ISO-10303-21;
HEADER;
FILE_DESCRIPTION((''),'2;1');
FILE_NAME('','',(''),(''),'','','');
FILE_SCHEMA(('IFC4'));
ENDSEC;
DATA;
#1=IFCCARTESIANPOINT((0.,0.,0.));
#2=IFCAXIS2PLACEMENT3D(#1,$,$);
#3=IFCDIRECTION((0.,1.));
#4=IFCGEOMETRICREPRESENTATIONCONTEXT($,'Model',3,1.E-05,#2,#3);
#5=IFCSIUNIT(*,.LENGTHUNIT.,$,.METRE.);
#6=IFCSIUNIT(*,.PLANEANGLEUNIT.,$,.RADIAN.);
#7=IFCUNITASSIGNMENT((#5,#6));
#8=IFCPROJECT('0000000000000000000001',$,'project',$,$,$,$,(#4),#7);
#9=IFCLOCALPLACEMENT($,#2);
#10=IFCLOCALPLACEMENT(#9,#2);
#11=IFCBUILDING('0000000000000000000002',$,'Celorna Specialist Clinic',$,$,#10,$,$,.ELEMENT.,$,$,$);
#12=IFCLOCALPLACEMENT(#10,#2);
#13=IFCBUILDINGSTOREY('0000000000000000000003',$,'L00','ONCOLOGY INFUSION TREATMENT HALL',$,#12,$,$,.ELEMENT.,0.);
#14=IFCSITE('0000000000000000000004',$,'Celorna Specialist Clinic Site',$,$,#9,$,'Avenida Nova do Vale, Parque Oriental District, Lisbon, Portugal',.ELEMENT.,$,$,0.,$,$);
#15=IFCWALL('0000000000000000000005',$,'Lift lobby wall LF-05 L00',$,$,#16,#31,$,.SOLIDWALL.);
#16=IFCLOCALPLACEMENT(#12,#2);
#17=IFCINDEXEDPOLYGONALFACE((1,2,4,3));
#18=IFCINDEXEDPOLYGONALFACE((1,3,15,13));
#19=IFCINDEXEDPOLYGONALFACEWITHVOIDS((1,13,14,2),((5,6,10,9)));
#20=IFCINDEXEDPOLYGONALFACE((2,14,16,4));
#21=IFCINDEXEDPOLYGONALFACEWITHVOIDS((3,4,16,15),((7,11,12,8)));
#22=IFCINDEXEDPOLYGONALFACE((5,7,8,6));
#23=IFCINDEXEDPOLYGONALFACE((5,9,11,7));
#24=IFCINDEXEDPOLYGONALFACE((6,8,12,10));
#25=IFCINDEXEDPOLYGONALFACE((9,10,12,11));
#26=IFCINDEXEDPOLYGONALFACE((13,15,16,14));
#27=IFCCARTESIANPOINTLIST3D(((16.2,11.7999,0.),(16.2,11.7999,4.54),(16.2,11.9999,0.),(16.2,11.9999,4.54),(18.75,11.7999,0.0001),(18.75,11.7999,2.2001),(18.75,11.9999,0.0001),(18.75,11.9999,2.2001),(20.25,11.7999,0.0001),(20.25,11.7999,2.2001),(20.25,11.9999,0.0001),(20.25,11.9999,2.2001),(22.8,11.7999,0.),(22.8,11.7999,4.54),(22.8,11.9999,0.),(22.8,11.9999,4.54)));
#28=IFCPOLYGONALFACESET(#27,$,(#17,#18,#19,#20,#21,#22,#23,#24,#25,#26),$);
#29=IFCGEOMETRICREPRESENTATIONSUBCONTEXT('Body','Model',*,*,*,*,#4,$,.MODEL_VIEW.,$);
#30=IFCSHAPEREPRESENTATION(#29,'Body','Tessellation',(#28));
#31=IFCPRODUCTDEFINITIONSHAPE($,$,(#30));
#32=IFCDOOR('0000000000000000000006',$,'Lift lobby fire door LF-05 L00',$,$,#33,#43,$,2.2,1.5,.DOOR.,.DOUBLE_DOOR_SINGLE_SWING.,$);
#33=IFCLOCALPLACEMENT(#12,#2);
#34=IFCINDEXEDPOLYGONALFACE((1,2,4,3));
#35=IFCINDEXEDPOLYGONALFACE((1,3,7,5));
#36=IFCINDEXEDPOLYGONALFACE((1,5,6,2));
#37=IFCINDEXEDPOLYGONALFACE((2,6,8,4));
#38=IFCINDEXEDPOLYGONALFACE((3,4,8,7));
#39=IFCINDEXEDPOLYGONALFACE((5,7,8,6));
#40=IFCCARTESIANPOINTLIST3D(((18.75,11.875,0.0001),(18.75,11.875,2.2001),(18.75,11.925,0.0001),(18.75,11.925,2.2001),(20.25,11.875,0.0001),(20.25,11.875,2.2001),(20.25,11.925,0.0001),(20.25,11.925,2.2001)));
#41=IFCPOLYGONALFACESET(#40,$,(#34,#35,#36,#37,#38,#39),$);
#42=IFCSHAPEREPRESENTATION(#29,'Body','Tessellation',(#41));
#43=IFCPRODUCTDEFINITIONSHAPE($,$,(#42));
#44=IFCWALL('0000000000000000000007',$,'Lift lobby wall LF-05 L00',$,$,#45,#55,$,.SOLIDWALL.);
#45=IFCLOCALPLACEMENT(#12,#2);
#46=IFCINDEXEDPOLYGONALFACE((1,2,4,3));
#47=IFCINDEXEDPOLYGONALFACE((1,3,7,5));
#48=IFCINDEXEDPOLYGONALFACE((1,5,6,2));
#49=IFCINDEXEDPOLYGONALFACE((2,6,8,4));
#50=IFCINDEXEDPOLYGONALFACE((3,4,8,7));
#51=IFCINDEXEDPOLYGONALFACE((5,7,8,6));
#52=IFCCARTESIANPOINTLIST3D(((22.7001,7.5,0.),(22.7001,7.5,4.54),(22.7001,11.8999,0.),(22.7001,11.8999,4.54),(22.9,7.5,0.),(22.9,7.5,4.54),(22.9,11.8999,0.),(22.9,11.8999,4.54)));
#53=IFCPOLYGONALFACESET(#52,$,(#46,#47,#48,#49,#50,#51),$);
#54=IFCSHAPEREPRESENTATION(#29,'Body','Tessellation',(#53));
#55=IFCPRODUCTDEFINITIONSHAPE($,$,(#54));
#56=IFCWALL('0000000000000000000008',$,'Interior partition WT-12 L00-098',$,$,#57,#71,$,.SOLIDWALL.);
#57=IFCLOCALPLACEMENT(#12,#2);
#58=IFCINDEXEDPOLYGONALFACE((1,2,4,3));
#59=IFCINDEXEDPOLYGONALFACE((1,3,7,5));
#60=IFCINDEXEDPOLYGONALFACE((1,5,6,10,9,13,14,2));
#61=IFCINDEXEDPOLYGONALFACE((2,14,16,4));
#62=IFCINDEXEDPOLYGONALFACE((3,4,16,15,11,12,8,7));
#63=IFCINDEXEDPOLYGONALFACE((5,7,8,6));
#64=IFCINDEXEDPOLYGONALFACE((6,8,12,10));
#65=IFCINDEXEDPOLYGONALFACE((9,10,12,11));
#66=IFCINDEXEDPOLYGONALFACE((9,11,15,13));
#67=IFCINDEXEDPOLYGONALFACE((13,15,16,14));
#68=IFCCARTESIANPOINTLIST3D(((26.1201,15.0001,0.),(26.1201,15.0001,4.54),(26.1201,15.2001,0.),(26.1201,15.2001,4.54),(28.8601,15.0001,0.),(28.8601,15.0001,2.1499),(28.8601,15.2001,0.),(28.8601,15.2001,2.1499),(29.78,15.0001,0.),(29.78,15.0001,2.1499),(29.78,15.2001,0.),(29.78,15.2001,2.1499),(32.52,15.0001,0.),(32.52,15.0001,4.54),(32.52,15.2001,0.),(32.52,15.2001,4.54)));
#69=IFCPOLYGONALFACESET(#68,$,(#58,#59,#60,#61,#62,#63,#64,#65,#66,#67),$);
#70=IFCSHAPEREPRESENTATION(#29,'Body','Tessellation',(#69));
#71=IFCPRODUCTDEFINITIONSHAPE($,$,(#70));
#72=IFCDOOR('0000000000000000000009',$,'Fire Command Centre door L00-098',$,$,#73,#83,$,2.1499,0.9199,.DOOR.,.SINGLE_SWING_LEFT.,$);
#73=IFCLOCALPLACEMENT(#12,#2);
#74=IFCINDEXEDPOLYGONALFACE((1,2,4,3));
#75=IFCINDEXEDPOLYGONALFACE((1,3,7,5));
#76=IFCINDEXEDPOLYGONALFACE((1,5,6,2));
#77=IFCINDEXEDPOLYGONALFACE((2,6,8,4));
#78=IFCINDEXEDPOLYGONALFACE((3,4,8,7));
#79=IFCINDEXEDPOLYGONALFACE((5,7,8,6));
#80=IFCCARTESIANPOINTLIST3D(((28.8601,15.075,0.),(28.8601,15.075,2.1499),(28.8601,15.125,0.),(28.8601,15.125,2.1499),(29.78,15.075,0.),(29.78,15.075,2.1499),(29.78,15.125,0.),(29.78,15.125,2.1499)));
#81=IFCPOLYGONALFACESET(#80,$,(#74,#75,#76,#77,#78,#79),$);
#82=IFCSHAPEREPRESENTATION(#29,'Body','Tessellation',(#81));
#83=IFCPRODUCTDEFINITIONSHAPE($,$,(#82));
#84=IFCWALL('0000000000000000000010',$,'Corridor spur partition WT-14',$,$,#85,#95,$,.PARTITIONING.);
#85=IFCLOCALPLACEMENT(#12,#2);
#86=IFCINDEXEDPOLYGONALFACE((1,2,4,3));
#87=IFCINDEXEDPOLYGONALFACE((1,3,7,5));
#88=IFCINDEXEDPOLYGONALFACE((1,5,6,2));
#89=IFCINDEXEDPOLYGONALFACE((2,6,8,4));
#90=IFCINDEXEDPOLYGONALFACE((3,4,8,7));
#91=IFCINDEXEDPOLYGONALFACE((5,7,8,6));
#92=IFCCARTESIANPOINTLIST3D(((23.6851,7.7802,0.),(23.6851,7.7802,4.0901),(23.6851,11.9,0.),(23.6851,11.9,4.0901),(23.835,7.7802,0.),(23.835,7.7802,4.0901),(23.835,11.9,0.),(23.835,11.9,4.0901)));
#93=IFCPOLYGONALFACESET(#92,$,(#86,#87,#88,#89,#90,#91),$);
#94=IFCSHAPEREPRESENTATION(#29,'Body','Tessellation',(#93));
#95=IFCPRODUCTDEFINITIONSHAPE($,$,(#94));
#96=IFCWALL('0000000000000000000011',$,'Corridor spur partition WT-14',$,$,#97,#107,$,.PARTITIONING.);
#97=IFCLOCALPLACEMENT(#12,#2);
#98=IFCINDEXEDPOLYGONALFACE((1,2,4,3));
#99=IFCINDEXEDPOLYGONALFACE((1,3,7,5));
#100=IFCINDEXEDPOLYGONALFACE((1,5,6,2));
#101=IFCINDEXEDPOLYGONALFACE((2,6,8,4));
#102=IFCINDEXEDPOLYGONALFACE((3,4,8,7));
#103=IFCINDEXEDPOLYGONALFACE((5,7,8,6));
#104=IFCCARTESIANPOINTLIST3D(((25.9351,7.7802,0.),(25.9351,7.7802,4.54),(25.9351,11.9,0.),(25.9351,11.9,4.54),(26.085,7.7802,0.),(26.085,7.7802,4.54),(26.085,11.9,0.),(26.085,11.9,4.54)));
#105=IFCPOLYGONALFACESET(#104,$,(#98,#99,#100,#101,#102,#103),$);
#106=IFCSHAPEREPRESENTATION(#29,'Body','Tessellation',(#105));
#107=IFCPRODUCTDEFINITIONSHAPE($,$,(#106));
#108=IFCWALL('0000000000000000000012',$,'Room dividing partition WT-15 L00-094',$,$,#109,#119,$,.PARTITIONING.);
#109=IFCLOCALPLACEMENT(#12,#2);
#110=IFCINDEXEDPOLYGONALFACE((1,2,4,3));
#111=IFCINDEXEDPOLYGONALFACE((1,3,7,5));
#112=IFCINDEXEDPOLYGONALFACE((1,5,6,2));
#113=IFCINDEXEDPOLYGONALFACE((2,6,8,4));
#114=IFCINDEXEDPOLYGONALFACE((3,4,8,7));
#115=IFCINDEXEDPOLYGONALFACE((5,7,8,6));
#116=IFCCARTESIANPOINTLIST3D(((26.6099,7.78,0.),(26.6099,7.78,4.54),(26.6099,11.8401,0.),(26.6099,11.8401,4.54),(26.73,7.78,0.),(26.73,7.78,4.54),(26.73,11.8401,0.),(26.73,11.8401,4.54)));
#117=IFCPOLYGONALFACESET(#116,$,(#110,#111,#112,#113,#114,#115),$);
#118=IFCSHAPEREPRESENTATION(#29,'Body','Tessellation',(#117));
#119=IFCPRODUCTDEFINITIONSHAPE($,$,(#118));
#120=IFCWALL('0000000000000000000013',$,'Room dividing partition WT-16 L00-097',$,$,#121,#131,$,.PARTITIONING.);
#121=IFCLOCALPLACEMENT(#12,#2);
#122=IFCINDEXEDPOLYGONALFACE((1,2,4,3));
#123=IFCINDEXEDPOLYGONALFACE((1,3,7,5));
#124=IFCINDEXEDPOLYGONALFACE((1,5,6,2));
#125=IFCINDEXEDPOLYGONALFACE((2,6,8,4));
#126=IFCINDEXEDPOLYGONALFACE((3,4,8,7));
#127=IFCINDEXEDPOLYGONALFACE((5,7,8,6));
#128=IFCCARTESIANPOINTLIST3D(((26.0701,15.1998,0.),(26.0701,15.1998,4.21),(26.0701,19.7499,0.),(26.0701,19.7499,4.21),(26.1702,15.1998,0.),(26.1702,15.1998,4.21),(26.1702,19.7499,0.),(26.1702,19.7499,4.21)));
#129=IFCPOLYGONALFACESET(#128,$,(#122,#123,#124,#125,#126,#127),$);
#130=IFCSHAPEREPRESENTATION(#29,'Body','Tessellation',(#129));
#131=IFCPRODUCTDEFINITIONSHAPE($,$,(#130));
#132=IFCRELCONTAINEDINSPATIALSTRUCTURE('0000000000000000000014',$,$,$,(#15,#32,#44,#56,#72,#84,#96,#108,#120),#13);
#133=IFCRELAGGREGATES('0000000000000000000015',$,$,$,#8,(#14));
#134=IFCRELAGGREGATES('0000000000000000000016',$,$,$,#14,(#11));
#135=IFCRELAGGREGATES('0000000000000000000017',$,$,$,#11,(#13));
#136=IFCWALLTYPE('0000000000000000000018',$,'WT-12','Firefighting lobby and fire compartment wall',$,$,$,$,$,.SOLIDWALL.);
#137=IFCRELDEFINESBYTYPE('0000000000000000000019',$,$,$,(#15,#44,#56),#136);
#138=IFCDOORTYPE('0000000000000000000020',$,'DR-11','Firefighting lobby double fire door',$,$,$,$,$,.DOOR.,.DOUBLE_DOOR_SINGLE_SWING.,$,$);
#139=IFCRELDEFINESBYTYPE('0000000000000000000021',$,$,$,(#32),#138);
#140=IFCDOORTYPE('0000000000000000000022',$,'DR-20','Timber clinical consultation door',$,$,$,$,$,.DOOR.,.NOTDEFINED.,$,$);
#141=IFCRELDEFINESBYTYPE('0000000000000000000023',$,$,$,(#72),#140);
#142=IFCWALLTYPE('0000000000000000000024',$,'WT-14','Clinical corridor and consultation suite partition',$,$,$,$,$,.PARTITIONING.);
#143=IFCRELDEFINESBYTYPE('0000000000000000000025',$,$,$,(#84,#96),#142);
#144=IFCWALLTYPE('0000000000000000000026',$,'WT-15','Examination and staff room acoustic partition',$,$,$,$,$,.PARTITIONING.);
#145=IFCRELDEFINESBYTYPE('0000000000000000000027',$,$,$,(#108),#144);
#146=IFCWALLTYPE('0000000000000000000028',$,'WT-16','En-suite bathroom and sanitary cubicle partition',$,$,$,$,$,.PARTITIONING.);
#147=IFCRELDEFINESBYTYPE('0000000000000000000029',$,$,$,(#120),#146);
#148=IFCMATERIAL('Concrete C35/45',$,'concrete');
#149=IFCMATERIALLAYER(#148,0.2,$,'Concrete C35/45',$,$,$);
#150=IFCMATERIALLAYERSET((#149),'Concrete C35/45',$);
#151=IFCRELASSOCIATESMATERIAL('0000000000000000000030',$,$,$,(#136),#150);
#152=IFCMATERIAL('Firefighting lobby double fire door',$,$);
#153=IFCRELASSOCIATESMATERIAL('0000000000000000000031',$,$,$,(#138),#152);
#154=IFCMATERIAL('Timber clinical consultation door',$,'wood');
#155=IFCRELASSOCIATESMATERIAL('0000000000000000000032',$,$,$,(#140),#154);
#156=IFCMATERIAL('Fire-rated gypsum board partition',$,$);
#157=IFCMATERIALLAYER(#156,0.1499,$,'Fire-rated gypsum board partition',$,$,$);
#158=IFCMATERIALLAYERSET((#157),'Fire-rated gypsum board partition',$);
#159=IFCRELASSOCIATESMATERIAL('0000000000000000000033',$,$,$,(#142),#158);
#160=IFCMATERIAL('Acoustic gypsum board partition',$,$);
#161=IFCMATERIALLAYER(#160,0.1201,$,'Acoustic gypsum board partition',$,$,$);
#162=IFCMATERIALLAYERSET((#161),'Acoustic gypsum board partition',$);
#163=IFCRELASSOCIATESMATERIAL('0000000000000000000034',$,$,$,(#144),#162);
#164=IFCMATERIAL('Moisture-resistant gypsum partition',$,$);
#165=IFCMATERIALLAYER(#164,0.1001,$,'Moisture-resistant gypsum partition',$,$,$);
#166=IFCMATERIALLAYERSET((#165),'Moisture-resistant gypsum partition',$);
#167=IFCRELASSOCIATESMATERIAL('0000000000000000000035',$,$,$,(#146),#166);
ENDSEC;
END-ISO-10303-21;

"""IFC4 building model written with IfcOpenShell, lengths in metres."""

from ifc_helpers import new_model, si_unit, direction, frame, frame_2d, origin, place, context, subcontext, project, spatial, rectangle, extrude, material, layer, layer_set, type_object, element, fill, save


model = new_model("IFC4")

# Units and contexts
model_context = context("Model", 3, precision=1e-05, world=origin(), true_north=direction((0.0, 1.0)))
body_context = subcontext(model_context, "Body", "Model", "MODEL_VIEW")
ifc_project = project(units=[si_unit("LENGTHUNIT", "METRE"), si_unit("PLANEANGLEUNIT", "RADIAN")], contexts=[model_context])

# Site, building, storey
site_placement = place(None, origin())
site = spatial("IfcSite", under=ifc_project, at=site_placement, Name="Celorna Specialist Clinic Site", LongName="Avenida Nova do Vale, Parque Oriental District, Lisbon, Portugal", CompositionType="ELEMENT", RefElevation=0.0)
building_placement = place(site_placement, origin())
building = spatial("IfcBuilding", under=site, at=building_placement, Name="Celorna Specialist Clinic", CompositionType="ELEMENT")
storey_placement = place(building_placement, origin())
storey = spatial("IfcBuildingStorey", under=building, at=storey_placement, Name="L00", Description="ONCOLOGY INFUSION TREATMENT HALL", CompositionType="ELEMENT", Elevation=0.0)

# Shared definitions
ifc_material_1 = material(Name="Concrete C35/45", Category="concrete")

# Wall, opening, door
ifc_layer_1 = layer(ifc_material_1, 0.2, Name="Concrete C35/45")
ifc_layer_set_1 = layer_set([ifc_layer_1], Name="Concrete C35/45")
wall_type_1 = type_object("IfcWallType", Name="WT-12", Description="Firefighting lobby and fire compartment wall", PredefinedType="SOLIDWALL", material=ifc_layer_set_1)
wall_1_placement = place(storey_placement, frame((22.8, 11.8999, 0.0), z_axis=(0.0, 0.0, 1.0), x_axis=(-1.0, 0.0, 0.0)))
wall_1 = element("IfcWall", 1, at=wall_1_placement, inside=storey, type_object=wall_type_1, Name="Lift lobby wall LF-05 L00", PredefinedType="SOLIDWALL", context=body_context, shape_type="SweptSolid", body=[
    extrude(rectangle(XDim=6.6001, YDim=0.2, at=frame_2d((3.3, 0.0))), origin(), (0.0, 0.0, 1.0), 4.54),
])
opening_1_placement = place(wall_1_placement, frame((2.55, 0.0, 0.0)))
opening_1 = element("IfcOpeningElement", 2, at=opening_1_placement, cuts=wall_1, PredefinedType="OPENING", context=body_context, shape_type="SweptSolid", body=[
    extrude(rectangle(XDim=1.5, YDim=2.2, at=frame_2d((0.75, 1.1001))), frame((0.0, 0.1099, 0.0), z_axis=(0.0, -1.0, 0.0), x_axis=(1.0, 0.0, 0.0)), (0.0, 0.0, 1.0), 0.22),
])
ifc_material_2 = material(Name="Firefighting lobby double fire door")
door_type_1 = type_object("IfcDoorType", Name="DR-11", Description="Firefighting lobby double fire door", OperationType="DOUBLE_DOOR_SINGLE_SWING", PredefinedType="DOOR", material=ifc_material_2)
door_1_placement = place(opening_1_placement, origin())
door_1 = element("IfcDoor", 3, at=door_1_placement, inside=storey, type_object=door_type_1, Name="Lift lobby fire door LF-05 L00", OperationType="DOUBLE_DOOR_SINGLE_SWING", OverallHeight=2.2, OverallWidth=1.5, PredefinedType="DOOR", context=body_context, shape_type="SweptSolid", body=[
    extrude(rectangle(XDim=1.5, YDim=2.2, at=frame_2d((0.75, 1.1001))), frame((0.0, 0.0249, 0.0), z_axis=(0.0, -1.0, 0.0), x_axis=(1.0, 0.0, 0.0)), (0.0, 0.0, 1.0), 0.05),
])
fill(opening_1, door_1)

# Wall
wall_2_placement = place(storey_placement, frame((22.8, 7.5, 0.0), z_axis=(0.0, 0.0, 1.0), x_axis=(0.0, 1.0, 0.0)))
element("IfcWall", 4, at=wall_2_placement, inside=storey, type_object=wall_type_1, Name="Lift lobby wall LF-05 L00", PredefinedType="SOLIDWALL", context=body_context, shape_type="SweptSolid", body=[
    extrude(rectangle(XDim=4.3999, YDim=0.2, at=frame_2d((2.2, 0.0))), origin(), (0.0, 0.0, 1.0), 4.54),
])

# Wall, opening, door
wall_3_placement = place(storey_placement, frame((26.1201, 15.1001, 0.0), z_axis=(0.0, 0.0, 1.0), x_axis=(1.0, 0.0, 0.0)))
wall_3 = element("IfcWall", 5, at=wall_3_placement, inside=storey, type_object=wall_type_1, Name="Interior partition WT-12 L00-098", PredefinedType="SOLIDWALL", context=body_context, shape_type="SweptSolid", body=[
    extrude(rectangle(XDim=6.3999, YDim=0.2, at=frame_2d((3.2, 0.0))), origin(), (0.0, 0.0, 1.0), 4.54),
])
opening_2_placement = place(wall_3_placement, frame((2.74, 0.0, 0.0)))
opening_2 = element("IfcOpeningElement", 6, at=opening_2_placement, cuts=wall_3, PredefinedType="OPENING", context=body_context, shape_type="SweptSolid", body=[
    extrude(rectangle(XDim=0.9199, YDim=2.1499, at=frame_2d((0.46, 1.075))), frame((0.0, 0.1099, 0.0), z_axis=(0.0, -1.0, 0.0), x_axis=(1.0, 0.0, 0.0)), (0.0, 0.0, 1.0), 0.22),
])
ifc_material_3 = material(Name="Timber clinical consultation door", Category="wood")
door_type_2 = type_object("IfcDoorType", Name="DR-20", Description="Timber clinical consultation door", OperationType="NOTDEFINED", PredefinedType="DOOR", material=ifc_material_3)
door_2_placement = place(opening_2_placement, origin())
door_2 = element("IfcDoor", 7, at=door_2_placement, inside=storey, type_object=door_type_2, Name="Fire Command Centre door L00-098", OperationType="SINGLE_SWING_LEFT", OverallHeight=2.1499, OverallWidth=0.9199, PredefinedType="DOOR", context=body_context, shape_type="SweptSolid", body=[
    extrude(rectangle(XDim=0.9199, YDim=2.1499, at=frame_2d((0.46, 1.075))), frame((0.0, 0.0249, 0.0), z_axis=(0.0, -1.0, 0.0), x_axis=(1.0, 0.0, 0.0)), (0.0, 0.0, 1.0), 0.05),
])
fill(opening_2, door_2)

# Walls
ifc_material_4 = material(Name="Fire-rated gypsum board partition")
ifc_layer_2 = layer(ifc_material_4, 0.1499, Name="Fire-rated gypsum board partition")
ifc_layer_set_2 = layer_set([ifc_layer_2], Name="Fire-rated gypsum board partition")
wall_type_2 = type_object("IfcWallType", Name="WT-14", Description="Clinical corridor and consultation suite partition", PredefinedType="PARTITIONING", material=ifc_layer_set_2)
wall_4_placement = place(storey_placement, frame((23.76, 7.78, 0.0), z_axis=(0.0, 0.0, 1.0), x_axis=(0.0, 1.0, 0.0)))
element("IfcWall", 8, at=wall_4_placement, inside=storey, type_object=wall_type_2, Name="Corridor spur partition WT-14", PredefinedType="PARTITIONING", context=body_context, shape_type="SweptSolid", body=[
    extrude(rectangle(XDim=4.1199, YDim=0.1499, at=frame_2d((2.0601, 0.0))), origin(), (0.0, 0.0, 1.0), 4.0901),
])
wall_5_placement = place(storey_placement, frame((26.01, 7.78, 0.0), z_axis=(0.0, 0.0, 1.0), x_axis=(0.0, 1.0, 0.0)))
element("IfcWall", 9, at=wall_5_placement, inside=storey, type_object=wall_type_2, Name="Corridor spur partition WT-14", PredefinedType="PARTITIONING", context=body_context, shape_type="SweptSolid", body=[
    extrude(rectangle(XDim=4.1199, YDim=0.1499, at=frame_2d((2.0601, 0.0))), origin(), (0.0, 0.0, 1.0), 4.54),
])
ifc_material_5 = material(Name="Acoustic gypsum board partition")
ifc_layer_3 = layer(ifc_material_5, 0.1201, Name="Acoustic gypsum board partition")
ifc_layer_set_3 = layer_set([ifc_layer_3], Name="Acoustic gypsum board partition")
wall_type_3 = type_object("IfcWallType", Name="WT-15", Description="Examination and staff room acoustic partition", PredefinedType="PARTITIONING", material=ifc_layer_set_3)
wall_6_placement = place(storey_placement, frame((26.6699, 7.78, 0.0), z_axis=(0.0, 0.0, 1.0), x_axis=(0.0, 1.0, 0.0)))
element("IfcWall", 10, at=wall_6_placement, inside=storey, type_object=wall_type_3, Name="Room dividing partition WT-15 L00-094", PredefinedType="PARTITIONING", context=body_context, shape_type="SweptSolid", body=[
    extrude(rectangle(XDim=4.0601, YDim=0.1201, at=frame_2d((2.03, 0.0))), origin(), (0.0, 0.0, 1.0), 4.54),
])
ifc_material_6 = material(Name="Moisture-resistant gypsum partition")
ifc_layer_4 = layer(ifc_material_6, 0.1001, Name="Moisture-resistant gypsum partition")
ifc_layer_set_4 = layer_set([ifc_layer_4], Name="Moisture-resistant gypsum partition")
wall_type_4 = type_object("IfcWallType", Name="WT-16", Description="En-suite bathroom and sanitary cubicle partition", PredefinedType="PARTITIONING", material=ifc_layer_set_4)
wall_7_placement = place(storey_placement, frame((26.1201, 15.2, 0.0), z_axis=(0.0, 0.0, 1.0), x_axis=(0.0, 1.0, 0.0)))
element("IfcWall", 11, at=wall_7_placement, inside=storey, type_object=wall_type_4, Name="Room dividing partition WT-16 L00-097", PredefinedType="PARTITIONING", context=body_context, shape_type="SweptSolid", body=[
    extrude(rectangle(XDim=4.55, YDim=0.1001, at=frame_2d((2.2749, 0.0))), origin(), (0.0, 0.0, 1.0), 4.21),
])

save(model, "model.ifc")
